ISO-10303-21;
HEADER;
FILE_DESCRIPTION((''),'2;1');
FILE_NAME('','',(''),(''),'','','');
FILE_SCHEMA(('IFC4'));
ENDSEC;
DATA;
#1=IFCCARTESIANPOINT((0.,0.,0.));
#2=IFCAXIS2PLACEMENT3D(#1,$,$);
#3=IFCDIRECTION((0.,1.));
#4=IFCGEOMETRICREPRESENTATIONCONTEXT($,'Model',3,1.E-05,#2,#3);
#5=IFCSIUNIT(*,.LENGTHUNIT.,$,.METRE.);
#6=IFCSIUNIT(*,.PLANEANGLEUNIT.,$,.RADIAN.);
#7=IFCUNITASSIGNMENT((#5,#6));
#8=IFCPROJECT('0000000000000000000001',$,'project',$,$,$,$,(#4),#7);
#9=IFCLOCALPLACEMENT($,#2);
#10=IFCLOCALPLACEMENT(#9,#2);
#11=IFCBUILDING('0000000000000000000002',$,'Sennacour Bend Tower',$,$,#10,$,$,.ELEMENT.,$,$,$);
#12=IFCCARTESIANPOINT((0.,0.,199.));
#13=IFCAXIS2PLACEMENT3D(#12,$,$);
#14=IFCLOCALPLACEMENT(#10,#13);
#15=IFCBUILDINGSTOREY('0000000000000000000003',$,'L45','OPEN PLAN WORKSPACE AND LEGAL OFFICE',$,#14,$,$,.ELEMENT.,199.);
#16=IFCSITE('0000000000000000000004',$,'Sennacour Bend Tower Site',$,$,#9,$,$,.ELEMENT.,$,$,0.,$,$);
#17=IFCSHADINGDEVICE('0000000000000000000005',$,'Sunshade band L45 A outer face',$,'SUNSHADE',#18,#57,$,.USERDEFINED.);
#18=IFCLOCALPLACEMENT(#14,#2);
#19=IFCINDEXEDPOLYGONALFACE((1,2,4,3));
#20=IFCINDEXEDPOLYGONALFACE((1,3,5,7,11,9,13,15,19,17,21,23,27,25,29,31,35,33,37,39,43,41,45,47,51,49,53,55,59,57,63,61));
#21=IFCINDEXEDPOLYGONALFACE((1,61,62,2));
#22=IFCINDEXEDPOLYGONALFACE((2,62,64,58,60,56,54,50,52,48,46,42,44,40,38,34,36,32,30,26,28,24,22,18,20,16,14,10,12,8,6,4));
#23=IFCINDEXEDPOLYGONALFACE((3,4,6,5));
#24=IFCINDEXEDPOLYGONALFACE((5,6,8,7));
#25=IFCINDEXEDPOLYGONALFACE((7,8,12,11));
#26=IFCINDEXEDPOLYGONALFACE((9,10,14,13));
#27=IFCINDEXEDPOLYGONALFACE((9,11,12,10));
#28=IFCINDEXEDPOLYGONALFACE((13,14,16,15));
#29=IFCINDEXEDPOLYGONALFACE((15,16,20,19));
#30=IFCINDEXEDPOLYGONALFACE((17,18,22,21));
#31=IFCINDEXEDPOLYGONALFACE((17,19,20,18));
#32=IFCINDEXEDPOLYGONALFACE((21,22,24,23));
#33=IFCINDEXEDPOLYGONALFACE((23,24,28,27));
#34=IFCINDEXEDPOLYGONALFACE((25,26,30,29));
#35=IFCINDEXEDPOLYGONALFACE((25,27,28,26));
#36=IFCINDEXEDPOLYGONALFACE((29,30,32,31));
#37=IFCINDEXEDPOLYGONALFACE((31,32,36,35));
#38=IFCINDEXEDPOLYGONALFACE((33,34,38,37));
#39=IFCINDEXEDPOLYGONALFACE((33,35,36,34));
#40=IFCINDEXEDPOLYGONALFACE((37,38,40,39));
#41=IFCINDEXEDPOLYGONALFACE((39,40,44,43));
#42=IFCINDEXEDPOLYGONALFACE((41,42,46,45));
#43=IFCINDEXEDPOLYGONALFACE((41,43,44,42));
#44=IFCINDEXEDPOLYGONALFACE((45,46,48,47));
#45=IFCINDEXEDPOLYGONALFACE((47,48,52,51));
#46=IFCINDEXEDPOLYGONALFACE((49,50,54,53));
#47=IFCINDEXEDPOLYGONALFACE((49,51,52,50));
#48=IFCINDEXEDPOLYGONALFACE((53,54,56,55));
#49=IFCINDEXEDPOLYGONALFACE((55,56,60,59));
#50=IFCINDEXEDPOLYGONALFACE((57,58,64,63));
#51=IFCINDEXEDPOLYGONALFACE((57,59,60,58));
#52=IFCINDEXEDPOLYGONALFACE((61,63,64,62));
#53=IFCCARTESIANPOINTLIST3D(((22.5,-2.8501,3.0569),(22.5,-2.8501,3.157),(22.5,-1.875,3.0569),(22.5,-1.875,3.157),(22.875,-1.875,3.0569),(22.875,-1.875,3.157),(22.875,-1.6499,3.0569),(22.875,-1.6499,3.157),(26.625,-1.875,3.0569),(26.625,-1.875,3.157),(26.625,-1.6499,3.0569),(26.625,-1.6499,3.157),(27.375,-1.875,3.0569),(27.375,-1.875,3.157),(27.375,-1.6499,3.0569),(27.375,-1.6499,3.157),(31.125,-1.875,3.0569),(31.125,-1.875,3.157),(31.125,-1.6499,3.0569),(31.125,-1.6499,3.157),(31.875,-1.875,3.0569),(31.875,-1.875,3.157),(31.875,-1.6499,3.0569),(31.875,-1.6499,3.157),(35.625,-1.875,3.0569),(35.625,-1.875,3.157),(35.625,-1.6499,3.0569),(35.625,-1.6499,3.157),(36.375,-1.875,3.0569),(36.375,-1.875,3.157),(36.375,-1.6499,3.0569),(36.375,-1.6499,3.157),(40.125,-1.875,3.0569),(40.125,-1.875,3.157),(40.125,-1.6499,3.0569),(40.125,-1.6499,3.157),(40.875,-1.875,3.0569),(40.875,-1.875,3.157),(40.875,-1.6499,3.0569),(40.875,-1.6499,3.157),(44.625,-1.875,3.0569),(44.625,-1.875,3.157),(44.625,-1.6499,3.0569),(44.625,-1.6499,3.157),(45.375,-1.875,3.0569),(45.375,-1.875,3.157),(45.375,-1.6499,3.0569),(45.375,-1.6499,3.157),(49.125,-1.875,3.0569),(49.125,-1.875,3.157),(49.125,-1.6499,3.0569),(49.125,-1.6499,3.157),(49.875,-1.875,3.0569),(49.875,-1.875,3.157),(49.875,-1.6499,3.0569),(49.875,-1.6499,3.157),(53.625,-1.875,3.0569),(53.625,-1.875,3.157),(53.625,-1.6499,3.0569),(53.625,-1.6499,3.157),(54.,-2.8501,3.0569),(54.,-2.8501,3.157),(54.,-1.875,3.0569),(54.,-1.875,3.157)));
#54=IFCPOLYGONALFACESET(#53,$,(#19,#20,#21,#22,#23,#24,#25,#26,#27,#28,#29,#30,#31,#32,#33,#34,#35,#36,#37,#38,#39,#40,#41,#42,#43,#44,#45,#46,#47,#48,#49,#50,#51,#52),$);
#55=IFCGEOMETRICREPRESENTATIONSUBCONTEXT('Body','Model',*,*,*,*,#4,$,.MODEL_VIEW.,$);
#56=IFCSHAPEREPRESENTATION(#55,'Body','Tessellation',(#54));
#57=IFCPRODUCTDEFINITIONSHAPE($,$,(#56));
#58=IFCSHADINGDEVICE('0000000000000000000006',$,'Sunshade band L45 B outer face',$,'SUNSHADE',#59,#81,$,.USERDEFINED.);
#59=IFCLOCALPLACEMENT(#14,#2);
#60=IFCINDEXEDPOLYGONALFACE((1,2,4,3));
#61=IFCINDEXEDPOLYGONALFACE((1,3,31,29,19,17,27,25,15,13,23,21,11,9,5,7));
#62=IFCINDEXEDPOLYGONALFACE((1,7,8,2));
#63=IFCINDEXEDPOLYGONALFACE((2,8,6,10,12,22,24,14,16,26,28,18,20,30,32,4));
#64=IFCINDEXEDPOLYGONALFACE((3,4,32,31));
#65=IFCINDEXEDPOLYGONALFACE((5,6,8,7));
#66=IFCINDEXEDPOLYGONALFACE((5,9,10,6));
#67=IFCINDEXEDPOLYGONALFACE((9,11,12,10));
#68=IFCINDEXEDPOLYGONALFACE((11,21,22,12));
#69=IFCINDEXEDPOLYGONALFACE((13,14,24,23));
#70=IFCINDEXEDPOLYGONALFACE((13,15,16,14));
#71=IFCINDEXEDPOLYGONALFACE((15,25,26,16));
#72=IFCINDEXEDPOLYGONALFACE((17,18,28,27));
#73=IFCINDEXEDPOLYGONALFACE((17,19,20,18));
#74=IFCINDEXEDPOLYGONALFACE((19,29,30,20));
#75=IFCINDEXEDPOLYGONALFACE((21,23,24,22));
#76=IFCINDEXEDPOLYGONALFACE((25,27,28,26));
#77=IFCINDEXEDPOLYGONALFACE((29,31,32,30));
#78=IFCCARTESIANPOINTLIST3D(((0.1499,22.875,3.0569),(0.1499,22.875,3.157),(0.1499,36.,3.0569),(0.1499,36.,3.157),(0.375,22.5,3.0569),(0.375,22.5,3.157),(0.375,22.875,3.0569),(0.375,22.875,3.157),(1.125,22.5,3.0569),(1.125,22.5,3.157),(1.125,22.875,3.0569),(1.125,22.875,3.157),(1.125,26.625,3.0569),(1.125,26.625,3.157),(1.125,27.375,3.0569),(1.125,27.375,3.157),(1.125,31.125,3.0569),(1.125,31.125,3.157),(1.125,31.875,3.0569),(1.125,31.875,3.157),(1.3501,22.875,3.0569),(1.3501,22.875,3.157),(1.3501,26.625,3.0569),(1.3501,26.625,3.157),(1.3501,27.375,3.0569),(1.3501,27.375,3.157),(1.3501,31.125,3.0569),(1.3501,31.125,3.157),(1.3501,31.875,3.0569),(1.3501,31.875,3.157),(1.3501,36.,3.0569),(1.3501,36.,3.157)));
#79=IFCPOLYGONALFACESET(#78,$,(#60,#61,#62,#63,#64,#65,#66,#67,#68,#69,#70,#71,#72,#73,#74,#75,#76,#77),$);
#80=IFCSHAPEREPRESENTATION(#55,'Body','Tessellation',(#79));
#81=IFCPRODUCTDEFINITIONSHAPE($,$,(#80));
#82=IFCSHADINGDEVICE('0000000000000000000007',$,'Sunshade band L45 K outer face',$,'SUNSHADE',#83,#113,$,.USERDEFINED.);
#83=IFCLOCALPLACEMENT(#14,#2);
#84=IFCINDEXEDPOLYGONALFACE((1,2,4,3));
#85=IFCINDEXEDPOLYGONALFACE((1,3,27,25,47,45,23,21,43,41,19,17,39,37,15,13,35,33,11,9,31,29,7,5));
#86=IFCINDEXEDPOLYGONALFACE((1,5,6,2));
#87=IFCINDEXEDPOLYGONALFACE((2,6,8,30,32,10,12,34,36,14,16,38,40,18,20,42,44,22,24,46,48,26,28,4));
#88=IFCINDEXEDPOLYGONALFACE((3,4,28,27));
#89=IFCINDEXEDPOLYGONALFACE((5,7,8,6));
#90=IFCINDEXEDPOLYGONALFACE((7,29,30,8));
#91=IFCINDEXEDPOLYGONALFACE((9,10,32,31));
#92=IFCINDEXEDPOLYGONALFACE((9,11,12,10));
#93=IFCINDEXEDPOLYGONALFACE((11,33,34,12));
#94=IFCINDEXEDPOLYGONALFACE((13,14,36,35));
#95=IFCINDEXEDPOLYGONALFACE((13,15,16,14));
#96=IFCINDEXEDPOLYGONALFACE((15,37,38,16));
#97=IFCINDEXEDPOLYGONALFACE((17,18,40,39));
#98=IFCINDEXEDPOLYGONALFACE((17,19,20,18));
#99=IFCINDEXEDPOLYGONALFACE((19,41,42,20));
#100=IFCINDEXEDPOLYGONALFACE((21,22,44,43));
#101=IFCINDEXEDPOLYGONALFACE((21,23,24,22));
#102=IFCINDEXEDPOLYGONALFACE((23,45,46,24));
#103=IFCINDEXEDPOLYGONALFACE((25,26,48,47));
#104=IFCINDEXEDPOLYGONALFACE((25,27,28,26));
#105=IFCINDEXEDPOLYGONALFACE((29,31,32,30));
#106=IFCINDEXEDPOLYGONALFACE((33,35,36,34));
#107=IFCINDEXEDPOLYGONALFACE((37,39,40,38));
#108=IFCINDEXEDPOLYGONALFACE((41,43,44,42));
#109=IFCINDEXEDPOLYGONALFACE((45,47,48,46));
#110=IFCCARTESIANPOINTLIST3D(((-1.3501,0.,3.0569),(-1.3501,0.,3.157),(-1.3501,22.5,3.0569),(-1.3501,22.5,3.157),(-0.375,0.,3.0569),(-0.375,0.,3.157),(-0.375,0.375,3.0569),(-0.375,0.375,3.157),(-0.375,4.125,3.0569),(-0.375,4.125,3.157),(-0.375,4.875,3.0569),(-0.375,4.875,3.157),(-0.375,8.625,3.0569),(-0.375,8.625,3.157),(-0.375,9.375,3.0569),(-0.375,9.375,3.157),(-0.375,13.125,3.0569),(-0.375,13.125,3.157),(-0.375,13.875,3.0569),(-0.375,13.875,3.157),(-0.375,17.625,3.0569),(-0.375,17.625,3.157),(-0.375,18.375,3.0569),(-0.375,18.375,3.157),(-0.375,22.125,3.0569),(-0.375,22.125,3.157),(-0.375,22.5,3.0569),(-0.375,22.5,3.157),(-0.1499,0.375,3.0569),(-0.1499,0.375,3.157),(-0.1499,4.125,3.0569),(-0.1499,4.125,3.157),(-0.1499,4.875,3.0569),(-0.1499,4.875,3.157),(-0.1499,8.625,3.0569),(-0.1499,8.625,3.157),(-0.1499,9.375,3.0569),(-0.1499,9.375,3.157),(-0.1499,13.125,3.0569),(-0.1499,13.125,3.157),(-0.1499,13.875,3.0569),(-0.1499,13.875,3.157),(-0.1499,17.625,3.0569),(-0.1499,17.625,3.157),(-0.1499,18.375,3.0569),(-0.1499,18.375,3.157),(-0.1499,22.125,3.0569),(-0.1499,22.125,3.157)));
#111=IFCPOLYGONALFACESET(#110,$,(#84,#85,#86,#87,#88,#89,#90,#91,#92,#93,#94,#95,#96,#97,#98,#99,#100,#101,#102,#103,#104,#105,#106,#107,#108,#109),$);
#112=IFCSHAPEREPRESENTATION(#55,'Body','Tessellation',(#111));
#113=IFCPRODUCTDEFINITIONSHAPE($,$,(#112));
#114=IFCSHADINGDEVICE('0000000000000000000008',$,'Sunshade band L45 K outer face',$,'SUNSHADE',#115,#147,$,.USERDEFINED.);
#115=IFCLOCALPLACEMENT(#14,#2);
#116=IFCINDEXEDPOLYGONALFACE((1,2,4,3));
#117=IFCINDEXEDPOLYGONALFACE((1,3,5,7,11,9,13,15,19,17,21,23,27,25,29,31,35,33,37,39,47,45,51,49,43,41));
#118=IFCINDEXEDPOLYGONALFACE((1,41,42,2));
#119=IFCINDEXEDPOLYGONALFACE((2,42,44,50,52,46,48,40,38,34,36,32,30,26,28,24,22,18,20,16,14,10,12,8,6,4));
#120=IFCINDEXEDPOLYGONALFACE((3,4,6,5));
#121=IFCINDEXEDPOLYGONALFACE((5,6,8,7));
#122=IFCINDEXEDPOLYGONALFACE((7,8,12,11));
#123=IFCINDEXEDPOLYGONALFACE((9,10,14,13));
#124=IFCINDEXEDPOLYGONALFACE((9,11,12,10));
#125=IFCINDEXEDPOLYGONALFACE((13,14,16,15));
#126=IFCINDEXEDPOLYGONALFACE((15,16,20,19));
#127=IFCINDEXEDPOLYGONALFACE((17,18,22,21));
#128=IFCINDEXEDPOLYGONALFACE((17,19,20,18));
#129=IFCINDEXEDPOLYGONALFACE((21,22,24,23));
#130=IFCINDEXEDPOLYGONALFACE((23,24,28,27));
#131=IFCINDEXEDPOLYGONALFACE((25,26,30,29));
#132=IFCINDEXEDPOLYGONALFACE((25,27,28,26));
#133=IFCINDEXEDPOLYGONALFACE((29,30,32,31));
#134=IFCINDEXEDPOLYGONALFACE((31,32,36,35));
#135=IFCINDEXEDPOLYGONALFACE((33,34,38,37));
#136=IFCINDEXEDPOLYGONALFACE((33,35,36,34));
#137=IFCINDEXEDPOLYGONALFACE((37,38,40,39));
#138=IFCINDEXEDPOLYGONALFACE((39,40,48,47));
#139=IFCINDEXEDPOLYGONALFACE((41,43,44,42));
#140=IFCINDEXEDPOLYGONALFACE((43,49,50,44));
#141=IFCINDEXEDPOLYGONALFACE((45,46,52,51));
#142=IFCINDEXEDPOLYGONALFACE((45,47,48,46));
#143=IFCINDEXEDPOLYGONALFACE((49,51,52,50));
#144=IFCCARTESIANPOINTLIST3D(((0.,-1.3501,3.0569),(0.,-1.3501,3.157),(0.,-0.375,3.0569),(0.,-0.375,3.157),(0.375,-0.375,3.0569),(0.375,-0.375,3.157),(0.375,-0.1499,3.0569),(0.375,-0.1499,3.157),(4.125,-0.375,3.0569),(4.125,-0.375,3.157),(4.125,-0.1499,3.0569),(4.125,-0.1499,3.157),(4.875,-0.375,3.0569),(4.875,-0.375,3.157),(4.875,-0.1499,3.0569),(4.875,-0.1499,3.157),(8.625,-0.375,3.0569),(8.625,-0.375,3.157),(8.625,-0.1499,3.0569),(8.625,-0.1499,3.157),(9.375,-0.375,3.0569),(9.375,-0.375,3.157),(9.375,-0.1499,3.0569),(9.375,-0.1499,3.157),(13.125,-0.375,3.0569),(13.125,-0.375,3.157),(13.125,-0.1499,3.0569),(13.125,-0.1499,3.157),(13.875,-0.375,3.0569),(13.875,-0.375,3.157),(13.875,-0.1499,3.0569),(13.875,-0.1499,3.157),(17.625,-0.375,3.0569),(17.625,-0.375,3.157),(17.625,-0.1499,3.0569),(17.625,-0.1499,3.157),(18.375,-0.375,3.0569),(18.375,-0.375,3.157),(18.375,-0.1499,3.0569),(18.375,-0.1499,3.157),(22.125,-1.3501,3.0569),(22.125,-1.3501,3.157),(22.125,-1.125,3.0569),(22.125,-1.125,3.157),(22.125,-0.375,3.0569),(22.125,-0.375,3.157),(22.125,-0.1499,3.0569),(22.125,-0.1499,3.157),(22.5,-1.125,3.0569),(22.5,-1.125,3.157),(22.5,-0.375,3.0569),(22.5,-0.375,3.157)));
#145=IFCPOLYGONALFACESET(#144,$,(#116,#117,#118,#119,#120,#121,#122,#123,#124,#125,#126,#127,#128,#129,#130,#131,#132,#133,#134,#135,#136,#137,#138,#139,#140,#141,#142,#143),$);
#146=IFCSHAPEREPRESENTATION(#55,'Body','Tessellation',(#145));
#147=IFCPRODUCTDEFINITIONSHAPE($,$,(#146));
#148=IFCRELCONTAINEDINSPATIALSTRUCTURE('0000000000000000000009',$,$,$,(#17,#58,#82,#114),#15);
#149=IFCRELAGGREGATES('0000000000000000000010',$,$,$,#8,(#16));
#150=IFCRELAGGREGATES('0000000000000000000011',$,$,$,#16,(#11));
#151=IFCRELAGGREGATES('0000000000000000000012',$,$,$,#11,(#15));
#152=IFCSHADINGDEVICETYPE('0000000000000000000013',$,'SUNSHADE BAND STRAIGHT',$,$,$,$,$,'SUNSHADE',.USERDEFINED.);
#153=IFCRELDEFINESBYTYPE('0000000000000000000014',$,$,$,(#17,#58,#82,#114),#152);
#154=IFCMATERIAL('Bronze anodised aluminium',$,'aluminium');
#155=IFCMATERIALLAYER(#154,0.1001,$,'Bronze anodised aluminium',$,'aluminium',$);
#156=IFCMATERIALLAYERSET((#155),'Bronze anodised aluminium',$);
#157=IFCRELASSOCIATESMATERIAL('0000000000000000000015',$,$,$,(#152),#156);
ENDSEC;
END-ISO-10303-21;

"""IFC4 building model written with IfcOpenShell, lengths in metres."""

from ifc_helpers import new_model, si_unit, direction, frame, origin, place, context, subcontext, project, spatial, polyline, outline, extrude, material, layer, layer_set, type_object, element, save


model = new_model("IFC4")

# Units and contexts
model_context = context("Model", 3, precision=1e-05, world=origin(), true_north=direction((0.0, 1.0)))
body_context = subcontext(model_context, "Body", "Model", "MODEL_VIEW")
ifc_project = project(units=[si_unit("LENGTHUNIT", "METRE"), si_unit("PLANEANGLEUNIT", "RADIAN")], contexts=[model_context])

# Site, building, storey
site_placement = place(None, origin())
site = spatial("IfcSite", under=ifc_project, at=site_placement, Name="Sennacour Bend Tower Site", CompositionType="ELEMENT", RefElevation=0.0)
building_placement = place(site_placement, origin())
building = spatial("IfcBuilding", under=site, at=building_placement, Name="Sennacour Bend Tower", CompositionType="ELEMENT")
storey_placement = place(building_placement, frame((0.0, 0.0, 199.0)))
storey = spatial("IfcBuildingStorey", under=building, at=storey_placement, Name="L45", Description="OPEN PLAN WORKSPACE AND LEGAL OFFICE", CompositionType="ELEMENT", Elevation=199.0)

# Shading devices
ifc_material_1 = material(Name="Bronze anodised aluminium", Category="aluminium")
ifc_layer_1 = layer(ifc_material_1, 0.1001, Name="Bronze anodised aluminium", Category="aluminium")
ifc_layer_set_1 = layer_set([ifc_layer_1], Name="Bronze anodised aluminium")
shading_device_type_1 = type_object("IfcShadingDeviceType", Name="SUNSHADE BAND STRAIGHT", ElementType="SUNSHADE", PredefinedType="USERDEFINED", material=ifc_layer_set_1)
shading_device_1_placement = place(storey_placement, frame((0.0, 0.0, 3.0569)))
element("IfcShadingDevice", 1, at=shading_device_1_placement, inside=storey, type_object=shading_device_type_1, Name="Sunshade band L45 A outer face", ObjectType="SUNSHADE", PredefinedType="USERDEFINED", context=body_context, shape_type="SweptSolid", body=[
    extrude(outline(polyline([(26.625, -1.6499), (26.625, -1.875), (27.375, -1.875), (27.375, -1.6499), (31.125, -1.6499), (31.125, -1.875), (31.875, -1.875), (31.875, -1.6499), (35.625, -1.6499), (35.625, -1.875), (36.375, -1.875), (36.375, -1.6499), (40.125, -1.6499), (40.125, -1.875), (40.875, -1.875), (40.875, -1.6499), (44.625, -1.6499), (44.625, -1.875), (45.375, -1.875), (45.375, -1.6499), (49.125, -1.6499), (49.125, -1.875), (49.875, -1.875), (49.875, -1.6499), (53.625, -1.6499), (53.625, -1.875), (54.0, -1.875), (54.0, -2.8501), (22.5, -2.8501), (22.5, -1.875), (22.875, -1.875), (22.875, -1.6499), (26.625, -1.6499)])), origin(), (0.0, 0.0, 1.0), 0.1001),
])
shading_device_2_placement = place(storey_placement, frame((0.0, 0.0, 3.0569)))
element("IfcShadingDevice", 2, at=shading_device_2_placement, inside=storey, type_object=shading_device_type_1, Name="Sunshade band L45 B outer face", ObjectType="SUNSHADE", PredefinedType="USERDEFINED", context=body_context, shape_type="SweptSolid", body=[
    extrude(outline(polyline([(1.3501, 31.875), (1.125, 31.875), (1.125, 31.125), (1.3501, 31.125), (1.3501, 27.375), (1.125, 27.375), (1.125, 26.625), (1.3501, 26.625), (1.3501, 22.875), (1.125, 22.875), (1.125, 22.5), (0.375, 22.5), (0.375, 22.875), (0.1499, 22.875), (0.1499, 36.0), (1.3501, 36.0), (1.3501, 31.875)])), origin(), (0.0, 0.0, 1.0), 0.1001),
])
shading_device_3_placement = place(storey_placement, frame((0.0, 0.0, 3.0569)))
element("IfcShadingDevice", 3, at=shading_device_3_placement, inside=storey, type_object=shading_device_type_1, Name="Sunshade band L45 K outer face", ObjectType="SUNSHADE", PredefinedType="USERDEFINED", context=body_context, shape_type="SweptSolid", body=[
    extrude(outline(polyline([(-0.1499, 18.375), (-0.375, 18.375), (-0.375, 17.625), (-0.1499, 17.625), (-0.1499, 13.875), (-0.375, 13.875), (-0.375, 13.125), (-0.1499, 13.125), (-0.1499, 9.375), (-0.375, 9.375), (-0.375, 8.625), (-0.1499, 8.625), (-0.1499, 4.875), (-0.375, 4.875), (-0.375, 4.125), (-0.1499, 4.125), (-0.1499, 0.375), (-0.375, 0.375), (-0.375, 0.0), (-1.3501, 0.0), (-1.3501, 22.5), (-0.375, 22.5), (-0.375, 22.125), (-0.1499, 22.125), (-0.1499, 18.375)])), origin(), (0.0, 0.0, 1.0), 0.1001),
])
shading_device_4_placement = place(storey_placement, frame((0.0, 0.0, 3.0569)))
element("IfcShadingDevice", 4, at=shading_device_4_placement, inside=storey, type_object=shading_device_type_1, Name="Sunshade band L45 K outer face", ObjectType="SUNSHADE", PredefinedType="USERDEFINED", context=body_context, shape_type="SweptSolid", body=[
    extrude(outline(polyline([(4.125, -0.1499), (4.125, -0.375), (4.875, -0.375), (4.875, -0.1499), (8.625, -0.1499), (8.625, -0.375), (9.375, -0.375), (9.375, -0.1499), (13.125, -0.1499), (13.125, -0.375), (13.875, -0.375), (13.875, -0.1499), (17.625, -0.1499), (17.625, -0.375), (18.375, -0.375), (18.375, -0.1499), (22.125, -0.1499), (22.125, -0.375), (22.5, -0.375), (22.5, -1.125), (22.125, -1.125), (22.125, -1.3501), (0.0, -1.3501), (0.0, -0.375), (0.375, -0.375), (0.375, -0.1499), (4.125, -0.1499)])), origin(), (0.0, 0.0, 1.0), 0.1001),
])

save(model, "model.ifc")
